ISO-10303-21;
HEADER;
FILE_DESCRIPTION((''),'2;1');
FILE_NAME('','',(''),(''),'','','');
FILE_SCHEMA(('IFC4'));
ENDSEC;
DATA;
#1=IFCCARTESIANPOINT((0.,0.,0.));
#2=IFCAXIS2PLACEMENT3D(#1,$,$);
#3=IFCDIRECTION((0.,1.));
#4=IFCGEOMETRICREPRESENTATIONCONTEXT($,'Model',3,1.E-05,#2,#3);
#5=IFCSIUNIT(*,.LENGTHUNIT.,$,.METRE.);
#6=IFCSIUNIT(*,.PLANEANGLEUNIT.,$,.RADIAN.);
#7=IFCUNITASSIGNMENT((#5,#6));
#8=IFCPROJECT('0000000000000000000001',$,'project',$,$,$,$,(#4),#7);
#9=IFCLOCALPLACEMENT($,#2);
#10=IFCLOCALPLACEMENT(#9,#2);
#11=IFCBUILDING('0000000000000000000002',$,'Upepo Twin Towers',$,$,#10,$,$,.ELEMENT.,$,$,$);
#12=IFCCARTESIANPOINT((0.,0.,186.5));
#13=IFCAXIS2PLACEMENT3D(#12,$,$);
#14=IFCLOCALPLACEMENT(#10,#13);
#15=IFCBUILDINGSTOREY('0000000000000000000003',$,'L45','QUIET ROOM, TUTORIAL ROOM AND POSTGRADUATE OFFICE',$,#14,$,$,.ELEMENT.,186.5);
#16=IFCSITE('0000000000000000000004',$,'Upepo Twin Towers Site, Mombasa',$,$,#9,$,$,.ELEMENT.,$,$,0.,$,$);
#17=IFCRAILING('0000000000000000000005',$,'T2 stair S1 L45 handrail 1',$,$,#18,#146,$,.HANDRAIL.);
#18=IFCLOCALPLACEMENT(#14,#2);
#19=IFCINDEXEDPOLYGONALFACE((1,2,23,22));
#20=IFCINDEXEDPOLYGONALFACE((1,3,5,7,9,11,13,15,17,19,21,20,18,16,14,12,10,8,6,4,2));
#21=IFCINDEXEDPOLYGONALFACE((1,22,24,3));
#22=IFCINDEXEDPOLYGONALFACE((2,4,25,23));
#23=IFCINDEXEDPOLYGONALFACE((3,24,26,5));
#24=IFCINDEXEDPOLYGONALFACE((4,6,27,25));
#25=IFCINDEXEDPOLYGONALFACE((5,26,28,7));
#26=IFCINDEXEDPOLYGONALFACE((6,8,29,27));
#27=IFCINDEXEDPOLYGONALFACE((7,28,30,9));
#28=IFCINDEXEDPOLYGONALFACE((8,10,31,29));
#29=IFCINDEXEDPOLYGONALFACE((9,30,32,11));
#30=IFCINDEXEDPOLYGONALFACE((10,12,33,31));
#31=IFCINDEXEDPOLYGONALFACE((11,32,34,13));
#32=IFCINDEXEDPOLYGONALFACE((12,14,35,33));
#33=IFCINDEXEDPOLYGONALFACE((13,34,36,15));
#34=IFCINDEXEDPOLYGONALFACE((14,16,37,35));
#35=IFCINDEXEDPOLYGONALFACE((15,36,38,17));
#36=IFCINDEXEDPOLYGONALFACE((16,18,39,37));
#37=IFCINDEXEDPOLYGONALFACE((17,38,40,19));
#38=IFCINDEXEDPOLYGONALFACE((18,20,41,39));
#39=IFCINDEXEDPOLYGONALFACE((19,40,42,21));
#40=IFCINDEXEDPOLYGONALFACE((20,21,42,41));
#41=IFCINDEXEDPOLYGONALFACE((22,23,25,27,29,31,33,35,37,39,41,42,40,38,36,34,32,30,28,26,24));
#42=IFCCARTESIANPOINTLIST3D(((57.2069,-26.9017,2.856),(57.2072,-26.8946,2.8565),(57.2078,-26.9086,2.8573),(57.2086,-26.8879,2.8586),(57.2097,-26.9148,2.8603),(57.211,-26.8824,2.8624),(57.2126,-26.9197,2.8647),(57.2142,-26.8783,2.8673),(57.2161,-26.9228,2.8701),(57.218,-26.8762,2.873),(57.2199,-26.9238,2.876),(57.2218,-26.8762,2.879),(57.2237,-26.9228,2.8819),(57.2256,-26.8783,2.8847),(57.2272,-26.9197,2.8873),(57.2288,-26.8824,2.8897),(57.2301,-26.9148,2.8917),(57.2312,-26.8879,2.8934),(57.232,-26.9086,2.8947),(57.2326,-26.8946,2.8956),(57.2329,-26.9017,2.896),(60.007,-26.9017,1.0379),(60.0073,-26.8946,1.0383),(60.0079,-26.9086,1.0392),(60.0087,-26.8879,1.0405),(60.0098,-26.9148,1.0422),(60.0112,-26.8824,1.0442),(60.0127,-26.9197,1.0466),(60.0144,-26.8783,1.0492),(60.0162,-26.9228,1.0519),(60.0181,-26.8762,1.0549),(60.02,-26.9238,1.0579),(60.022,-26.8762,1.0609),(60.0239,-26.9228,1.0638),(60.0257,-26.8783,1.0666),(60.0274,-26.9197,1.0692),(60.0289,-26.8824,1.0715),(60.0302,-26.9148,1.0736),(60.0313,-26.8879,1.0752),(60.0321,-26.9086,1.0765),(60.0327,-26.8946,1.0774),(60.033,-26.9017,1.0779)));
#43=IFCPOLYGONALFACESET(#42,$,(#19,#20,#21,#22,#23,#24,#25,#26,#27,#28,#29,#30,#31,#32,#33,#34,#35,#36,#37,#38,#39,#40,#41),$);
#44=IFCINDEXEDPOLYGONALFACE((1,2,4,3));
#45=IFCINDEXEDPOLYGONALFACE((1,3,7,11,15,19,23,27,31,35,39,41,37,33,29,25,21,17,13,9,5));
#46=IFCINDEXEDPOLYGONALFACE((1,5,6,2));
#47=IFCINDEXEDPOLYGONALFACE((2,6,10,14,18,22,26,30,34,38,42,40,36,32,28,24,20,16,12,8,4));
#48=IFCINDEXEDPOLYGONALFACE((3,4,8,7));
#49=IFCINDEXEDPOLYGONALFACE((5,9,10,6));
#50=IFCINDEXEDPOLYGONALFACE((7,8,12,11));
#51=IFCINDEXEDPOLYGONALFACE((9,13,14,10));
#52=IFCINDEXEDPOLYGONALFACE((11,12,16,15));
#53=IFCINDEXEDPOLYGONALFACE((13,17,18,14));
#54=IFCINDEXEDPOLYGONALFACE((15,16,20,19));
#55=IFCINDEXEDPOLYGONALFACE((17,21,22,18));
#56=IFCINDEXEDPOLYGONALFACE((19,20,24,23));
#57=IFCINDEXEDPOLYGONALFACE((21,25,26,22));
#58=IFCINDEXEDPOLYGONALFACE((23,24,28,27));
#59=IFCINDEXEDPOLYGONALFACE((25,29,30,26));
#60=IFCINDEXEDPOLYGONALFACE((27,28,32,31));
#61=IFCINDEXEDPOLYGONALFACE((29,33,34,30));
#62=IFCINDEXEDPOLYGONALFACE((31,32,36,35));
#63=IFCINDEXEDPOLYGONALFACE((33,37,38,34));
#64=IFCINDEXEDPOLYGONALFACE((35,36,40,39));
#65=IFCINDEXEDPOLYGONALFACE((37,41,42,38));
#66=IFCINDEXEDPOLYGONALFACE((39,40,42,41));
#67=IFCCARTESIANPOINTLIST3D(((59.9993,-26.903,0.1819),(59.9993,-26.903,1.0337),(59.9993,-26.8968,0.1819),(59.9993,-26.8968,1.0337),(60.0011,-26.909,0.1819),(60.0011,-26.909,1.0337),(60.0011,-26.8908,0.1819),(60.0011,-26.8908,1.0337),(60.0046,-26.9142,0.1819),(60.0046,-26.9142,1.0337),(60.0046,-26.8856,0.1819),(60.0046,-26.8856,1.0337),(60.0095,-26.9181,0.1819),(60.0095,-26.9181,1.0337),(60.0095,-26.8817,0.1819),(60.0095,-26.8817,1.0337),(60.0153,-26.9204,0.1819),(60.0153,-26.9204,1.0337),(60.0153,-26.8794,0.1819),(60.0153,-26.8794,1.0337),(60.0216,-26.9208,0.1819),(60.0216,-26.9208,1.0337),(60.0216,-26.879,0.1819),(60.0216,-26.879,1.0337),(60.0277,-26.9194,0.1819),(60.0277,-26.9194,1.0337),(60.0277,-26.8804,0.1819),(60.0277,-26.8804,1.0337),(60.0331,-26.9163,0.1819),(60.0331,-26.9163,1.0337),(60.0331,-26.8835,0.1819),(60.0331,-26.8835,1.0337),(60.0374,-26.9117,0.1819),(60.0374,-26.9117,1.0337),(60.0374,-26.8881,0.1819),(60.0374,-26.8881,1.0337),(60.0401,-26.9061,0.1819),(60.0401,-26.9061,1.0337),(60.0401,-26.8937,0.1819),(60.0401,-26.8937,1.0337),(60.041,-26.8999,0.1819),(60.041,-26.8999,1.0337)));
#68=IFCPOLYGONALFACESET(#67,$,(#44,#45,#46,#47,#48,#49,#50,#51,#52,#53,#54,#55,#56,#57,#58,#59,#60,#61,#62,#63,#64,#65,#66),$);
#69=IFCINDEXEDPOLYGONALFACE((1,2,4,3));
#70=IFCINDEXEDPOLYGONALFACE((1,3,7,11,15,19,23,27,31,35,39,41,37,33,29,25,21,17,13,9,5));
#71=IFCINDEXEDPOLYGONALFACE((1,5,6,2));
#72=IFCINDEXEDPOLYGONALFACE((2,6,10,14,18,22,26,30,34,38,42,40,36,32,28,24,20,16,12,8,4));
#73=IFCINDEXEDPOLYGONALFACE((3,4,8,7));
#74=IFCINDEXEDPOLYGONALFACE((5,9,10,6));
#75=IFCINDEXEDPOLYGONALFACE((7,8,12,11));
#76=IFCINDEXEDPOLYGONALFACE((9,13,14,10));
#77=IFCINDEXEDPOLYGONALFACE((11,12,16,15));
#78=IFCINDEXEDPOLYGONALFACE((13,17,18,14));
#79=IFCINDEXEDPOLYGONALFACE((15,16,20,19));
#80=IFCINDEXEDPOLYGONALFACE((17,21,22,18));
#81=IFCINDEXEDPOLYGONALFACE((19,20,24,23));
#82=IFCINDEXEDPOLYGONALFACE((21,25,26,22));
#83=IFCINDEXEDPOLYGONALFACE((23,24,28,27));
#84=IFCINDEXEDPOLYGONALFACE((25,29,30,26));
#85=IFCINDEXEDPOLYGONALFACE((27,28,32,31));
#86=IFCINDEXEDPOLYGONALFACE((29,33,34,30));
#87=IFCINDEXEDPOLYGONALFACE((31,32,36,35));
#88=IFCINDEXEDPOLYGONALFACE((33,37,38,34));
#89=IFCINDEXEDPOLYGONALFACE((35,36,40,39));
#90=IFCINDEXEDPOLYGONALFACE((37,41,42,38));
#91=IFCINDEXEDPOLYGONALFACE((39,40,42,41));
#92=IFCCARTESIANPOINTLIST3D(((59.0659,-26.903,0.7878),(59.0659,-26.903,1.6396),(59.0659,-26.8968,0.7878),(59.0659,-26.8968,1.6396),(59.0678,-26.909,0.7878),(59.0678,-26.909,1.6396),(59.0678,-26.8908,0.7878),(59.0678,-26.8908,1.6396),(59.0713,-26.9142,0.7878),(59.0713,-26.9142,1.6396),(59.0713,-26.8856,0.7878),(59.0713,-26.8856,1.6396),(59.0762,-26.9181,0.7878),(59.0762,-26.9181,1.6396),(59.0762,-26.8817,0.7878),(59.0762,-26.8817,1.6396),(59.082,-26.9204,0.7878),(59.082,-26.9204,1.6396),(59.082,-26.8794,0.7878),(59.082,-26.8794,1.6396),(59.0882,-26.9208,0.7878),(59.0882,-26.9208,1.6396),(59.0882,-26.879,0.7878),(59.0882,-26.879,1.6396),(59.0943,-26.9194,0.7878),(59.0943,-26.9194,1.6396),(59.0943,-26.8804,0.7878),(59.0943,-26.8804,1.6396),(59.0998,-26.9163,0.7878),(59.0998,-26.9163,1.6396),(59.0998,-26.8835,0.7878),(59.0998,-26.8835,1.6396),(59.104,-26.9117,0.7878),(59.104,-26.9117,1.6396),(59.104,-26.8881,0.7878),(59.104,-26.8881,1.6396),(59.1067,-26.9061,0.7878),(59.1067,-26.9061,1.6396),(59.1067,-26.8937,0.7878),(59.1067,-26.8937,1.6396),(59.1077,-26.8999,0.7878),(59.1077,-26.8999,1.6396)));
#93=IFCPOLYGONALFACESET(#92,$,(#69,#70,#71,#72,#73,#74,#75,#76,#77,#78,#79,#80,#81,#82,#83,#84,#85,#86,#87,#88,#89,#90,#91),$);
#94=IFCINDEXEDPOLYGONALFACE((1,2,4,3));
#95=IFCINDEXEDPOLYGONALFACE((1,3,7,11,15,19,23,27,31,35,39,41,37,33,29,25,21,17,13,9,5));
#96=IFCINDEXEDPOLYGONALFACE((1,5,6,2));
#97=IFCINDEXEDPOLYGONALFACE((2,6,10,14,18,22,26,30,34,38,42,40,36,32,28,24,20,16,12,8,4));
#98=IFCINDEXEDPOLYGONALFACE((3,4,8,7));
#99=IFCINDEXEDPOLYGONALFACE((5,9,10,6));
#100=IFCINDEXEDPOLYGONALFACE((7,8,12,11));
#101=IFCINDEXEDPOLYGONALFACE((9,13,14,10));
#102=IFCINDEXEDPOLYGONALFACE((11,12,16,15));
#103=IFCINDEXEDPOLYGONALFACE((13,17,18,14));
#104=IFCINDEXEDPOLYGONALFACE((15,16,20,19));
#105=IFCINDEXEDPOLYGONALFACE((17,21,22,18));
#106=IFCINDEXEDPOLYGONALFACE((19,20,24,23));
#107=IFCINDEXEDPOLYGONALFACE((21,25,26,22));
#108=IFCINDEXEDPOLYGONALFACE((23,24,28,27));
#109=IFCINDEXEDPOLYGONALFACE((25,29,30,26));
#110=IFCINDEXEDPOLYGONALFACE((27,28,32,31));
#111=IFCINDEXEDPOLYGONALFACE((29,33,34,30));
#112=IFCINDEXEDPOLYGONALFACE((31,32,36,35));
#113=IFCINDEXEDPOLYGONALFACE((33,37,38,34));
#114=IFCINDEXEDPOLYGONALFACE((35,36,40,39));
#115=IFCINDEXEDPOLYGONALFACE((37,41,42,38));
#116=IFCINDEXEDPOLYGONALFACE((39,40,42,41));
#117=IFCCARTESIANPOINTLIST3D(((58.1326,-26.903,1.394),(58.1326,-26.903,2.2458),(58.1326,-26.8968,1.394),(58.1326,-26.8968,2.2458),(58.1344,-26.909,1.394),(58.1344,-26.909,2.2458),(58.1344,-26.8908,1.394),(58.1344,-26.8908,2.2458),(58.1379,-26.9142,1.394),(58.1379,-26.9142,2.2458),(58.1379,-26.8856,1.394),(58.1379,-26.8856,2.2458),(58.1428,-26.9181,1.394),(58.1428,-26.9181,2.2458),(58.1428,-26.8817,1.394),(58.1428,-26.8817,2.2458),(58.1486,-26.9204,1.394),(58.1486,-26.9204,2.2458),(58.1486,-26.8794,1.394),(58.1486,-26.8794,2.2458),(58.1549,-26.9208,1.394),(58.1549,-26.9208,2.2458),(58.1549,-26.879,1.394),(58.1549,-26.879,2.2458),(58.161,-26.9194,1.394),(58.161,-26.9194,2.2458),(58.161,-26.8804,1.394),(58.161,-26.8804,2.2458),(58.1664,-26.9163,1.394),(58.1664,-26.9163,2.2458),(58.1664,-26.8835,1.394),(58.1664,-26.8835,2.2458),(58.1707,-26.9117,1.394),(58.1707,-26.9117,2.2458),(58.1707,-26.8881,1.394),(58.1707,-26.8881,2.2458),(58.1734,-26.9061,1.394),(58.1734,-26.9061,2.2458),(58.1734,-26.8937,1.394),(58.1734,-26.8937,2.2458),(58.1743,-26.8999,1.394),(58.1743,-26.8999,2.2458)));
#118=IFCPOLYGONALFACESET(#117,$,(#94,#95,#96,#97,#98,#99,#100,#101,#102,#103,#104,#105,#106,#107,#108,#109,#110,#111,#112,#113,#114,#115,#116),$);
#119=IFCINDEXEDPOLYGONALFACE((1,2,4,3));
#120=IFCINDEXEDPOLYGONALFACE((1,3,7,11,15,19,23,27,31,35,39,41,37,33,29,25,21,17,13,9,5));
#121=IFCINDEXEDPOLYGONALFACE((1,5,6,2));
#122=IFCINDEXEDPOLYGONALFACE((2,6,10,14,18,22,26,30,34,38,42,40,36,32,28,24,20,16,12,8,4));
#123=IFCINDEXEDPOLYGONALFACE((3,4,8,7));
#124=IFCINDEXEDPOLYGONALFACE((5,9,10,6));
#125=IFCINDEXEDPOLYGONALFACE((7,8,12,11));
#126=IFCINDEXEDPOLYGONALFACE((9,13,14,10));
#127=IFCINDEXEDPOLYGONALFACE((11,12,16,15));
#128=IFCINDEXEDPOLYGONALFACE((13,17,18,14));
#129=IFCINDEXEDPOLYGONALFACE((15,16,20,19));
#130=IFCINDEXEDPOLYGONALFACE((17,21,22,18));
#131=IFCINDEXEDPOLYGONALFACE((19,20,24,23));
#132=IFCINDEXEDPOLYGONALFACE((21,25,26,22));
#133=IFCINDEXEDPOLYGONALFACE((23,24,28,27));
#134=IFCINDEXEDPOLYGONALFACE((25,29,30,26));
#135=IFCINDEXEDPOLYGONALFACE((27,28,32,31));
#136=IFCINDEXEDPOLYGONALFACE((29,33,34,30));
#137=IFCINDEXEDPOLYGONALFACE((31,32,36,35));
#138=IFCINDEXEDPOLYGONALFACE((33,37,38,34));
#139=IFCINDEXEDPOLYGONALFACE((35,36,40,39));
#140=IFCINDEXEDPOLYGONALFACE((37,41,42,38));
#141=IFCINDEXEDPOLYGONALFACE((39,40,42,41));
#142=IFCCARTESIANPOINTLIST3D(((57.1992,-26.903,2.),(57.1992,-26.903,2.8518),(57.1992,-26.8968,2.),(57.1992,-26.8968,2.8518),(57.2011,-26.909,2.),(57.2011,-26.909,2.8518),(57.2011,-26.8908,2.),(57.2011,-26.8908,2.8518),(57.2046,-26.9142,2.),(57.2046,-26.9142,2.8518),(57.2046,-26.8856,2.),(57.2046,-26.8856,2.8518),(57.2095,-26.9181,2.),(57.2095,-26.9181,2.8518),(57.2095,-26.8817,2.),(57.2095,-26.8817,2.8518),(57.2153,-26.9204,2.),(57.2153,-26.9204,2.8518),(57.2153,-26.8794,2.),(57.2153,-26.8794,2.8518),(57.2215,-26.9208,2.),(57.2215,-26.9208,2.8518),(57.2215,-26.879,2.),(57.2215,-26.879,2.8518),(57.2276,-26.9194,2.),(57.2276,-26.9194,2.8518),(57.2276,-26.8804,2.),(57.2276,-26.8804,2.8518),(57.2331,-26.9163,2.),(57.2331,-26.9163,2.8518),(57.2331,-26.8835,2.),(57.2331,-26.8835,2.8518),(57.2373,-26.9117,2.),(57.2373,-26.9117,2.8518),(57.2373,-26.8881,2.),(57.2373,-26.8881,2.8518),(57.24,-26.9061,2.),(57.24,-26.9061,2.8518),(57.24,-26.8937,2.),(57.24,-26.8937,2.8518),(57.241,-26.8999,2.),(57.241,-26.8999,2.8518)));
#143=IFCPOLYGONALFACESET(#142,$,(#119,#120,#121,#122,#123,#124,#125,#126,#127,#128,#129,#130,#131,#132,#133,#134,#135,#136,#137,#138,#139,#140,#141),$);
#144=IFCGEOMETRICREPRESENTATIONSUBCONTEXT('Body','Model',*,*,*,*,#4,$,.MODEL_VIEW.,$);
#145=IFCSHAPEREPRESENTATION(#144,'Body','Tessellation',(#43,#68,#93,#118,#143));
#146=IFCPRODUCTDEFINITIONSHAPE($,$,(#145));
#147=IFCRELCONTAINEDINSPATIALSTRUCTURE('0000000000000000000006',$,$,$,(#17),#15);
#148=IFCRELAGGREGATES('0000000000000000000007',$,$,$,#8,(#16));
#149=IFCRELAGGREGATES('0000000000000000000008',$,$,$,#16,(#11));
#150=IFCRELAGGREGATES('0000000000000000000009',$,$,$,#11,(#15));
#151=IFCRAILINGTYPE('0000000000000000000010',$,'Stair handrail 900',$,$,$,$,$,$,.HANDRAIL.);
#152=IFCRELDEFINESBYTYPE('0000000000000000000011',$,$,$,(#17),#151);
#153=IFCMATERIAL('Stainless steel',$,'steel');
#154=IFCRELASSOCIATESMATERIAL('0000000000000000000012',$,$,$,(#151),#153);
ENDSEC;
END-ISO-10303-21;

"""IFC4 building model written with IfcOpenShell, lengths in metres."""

from ifc_helpers import new_model, si_unit, direction, frame, origin, origin_2d, place, context, subcontext, project, spatial, circle, extrude, material, type_object, element, save


model = new_model("IFC4")

# Units and contexts
model_context = context("Model", 3, precision=1e-05, world=origin(), true_north=direction((0.0, 1.0)))
body_context = subcontext(model_context, "Body", "Model", "MODEL_VIEW")
ifc_project = project(units=[si_unit("LENGTHUNIT", "METRE"), si_unit("PLANEANGLEUNIT", "RADIAN")], contexts=[model_context])

# Site, building, storey
site_placement = place(None, origin())
site = spatial("IfcSite", under=ifc_project, at=site_placement, Name="Upepo Twin Towers Site, Mombasa", CompositionType="ELEMENT", RefElevation=0.0)
building_placement = place(site_placement, origin())
building = spatial("IfcBuilding", under=site, at=building_placement, Name="Upepo Twin Towers", CompositionType="ELEMENT")
storey_placement = place(building_placement, frame((0.0, 0.0, 186.5)))
storey = spatial("IfcBuildingStorey", under=building, at=storey_placement, Name="L45", Description="QUIET ROOM, TUTORIAL ROOM AND POSTGRADUATE OFFICE", CompositionType="ELEMENT", Elevation=186.5)

# Railing
ifc_material_1 = material(Name="Stainless steel", Category="steel")
railing_type = type_object("IfcRailingType", Name="Stair handrail 900", PredefinedType="HANDRAIL", material=ifc_material_1)
railing_1_placement = place(storey_placement, frame((60.02, -26.8999, 0.1819)))
element("IfcRailing", 1, at=railing_1_placement, inside=storey, type_object=railing_type, Name="T2 stair S1 L45 handrail 1", PredefinedType="HANDRAIL", context=body_context, shape_type="SweptSolid", body=[
    extrude(circle(Radius=0.0239, at=origin_2d()), frame((0.0, 0.0, 0.876), z_axis=(-0.838706, 0.0, 0.544585), x_axis=(0.0, -1.0, 0.0)), (0.0, 0.0, 1.0), 3.3386),
    extrude(circle(Radius=0.021, at=origin_2d()), origin(), (0.0, 0.0, 1.0), 0.8518),
    extrude(circle(Radius=0.021, at=origin_2d()), frame((-0.9333, 0.0, 0.606)), (0.0, 0.0, 1.0), 0.8518),
    extrude(circle(Radius=0.021, at=origin_2d()), frame((-1.8667, 0.0, 1.2122)), (0.0, 0.0, 1.0), 0.8518),
    extrude(circle(Radius=0.021, at=origin_2d()), frame((-2.8, 0.0, 1.8181)), (0.0, 0.0, 1.0), 0.8518),
])

save(model, "model.ifc")
